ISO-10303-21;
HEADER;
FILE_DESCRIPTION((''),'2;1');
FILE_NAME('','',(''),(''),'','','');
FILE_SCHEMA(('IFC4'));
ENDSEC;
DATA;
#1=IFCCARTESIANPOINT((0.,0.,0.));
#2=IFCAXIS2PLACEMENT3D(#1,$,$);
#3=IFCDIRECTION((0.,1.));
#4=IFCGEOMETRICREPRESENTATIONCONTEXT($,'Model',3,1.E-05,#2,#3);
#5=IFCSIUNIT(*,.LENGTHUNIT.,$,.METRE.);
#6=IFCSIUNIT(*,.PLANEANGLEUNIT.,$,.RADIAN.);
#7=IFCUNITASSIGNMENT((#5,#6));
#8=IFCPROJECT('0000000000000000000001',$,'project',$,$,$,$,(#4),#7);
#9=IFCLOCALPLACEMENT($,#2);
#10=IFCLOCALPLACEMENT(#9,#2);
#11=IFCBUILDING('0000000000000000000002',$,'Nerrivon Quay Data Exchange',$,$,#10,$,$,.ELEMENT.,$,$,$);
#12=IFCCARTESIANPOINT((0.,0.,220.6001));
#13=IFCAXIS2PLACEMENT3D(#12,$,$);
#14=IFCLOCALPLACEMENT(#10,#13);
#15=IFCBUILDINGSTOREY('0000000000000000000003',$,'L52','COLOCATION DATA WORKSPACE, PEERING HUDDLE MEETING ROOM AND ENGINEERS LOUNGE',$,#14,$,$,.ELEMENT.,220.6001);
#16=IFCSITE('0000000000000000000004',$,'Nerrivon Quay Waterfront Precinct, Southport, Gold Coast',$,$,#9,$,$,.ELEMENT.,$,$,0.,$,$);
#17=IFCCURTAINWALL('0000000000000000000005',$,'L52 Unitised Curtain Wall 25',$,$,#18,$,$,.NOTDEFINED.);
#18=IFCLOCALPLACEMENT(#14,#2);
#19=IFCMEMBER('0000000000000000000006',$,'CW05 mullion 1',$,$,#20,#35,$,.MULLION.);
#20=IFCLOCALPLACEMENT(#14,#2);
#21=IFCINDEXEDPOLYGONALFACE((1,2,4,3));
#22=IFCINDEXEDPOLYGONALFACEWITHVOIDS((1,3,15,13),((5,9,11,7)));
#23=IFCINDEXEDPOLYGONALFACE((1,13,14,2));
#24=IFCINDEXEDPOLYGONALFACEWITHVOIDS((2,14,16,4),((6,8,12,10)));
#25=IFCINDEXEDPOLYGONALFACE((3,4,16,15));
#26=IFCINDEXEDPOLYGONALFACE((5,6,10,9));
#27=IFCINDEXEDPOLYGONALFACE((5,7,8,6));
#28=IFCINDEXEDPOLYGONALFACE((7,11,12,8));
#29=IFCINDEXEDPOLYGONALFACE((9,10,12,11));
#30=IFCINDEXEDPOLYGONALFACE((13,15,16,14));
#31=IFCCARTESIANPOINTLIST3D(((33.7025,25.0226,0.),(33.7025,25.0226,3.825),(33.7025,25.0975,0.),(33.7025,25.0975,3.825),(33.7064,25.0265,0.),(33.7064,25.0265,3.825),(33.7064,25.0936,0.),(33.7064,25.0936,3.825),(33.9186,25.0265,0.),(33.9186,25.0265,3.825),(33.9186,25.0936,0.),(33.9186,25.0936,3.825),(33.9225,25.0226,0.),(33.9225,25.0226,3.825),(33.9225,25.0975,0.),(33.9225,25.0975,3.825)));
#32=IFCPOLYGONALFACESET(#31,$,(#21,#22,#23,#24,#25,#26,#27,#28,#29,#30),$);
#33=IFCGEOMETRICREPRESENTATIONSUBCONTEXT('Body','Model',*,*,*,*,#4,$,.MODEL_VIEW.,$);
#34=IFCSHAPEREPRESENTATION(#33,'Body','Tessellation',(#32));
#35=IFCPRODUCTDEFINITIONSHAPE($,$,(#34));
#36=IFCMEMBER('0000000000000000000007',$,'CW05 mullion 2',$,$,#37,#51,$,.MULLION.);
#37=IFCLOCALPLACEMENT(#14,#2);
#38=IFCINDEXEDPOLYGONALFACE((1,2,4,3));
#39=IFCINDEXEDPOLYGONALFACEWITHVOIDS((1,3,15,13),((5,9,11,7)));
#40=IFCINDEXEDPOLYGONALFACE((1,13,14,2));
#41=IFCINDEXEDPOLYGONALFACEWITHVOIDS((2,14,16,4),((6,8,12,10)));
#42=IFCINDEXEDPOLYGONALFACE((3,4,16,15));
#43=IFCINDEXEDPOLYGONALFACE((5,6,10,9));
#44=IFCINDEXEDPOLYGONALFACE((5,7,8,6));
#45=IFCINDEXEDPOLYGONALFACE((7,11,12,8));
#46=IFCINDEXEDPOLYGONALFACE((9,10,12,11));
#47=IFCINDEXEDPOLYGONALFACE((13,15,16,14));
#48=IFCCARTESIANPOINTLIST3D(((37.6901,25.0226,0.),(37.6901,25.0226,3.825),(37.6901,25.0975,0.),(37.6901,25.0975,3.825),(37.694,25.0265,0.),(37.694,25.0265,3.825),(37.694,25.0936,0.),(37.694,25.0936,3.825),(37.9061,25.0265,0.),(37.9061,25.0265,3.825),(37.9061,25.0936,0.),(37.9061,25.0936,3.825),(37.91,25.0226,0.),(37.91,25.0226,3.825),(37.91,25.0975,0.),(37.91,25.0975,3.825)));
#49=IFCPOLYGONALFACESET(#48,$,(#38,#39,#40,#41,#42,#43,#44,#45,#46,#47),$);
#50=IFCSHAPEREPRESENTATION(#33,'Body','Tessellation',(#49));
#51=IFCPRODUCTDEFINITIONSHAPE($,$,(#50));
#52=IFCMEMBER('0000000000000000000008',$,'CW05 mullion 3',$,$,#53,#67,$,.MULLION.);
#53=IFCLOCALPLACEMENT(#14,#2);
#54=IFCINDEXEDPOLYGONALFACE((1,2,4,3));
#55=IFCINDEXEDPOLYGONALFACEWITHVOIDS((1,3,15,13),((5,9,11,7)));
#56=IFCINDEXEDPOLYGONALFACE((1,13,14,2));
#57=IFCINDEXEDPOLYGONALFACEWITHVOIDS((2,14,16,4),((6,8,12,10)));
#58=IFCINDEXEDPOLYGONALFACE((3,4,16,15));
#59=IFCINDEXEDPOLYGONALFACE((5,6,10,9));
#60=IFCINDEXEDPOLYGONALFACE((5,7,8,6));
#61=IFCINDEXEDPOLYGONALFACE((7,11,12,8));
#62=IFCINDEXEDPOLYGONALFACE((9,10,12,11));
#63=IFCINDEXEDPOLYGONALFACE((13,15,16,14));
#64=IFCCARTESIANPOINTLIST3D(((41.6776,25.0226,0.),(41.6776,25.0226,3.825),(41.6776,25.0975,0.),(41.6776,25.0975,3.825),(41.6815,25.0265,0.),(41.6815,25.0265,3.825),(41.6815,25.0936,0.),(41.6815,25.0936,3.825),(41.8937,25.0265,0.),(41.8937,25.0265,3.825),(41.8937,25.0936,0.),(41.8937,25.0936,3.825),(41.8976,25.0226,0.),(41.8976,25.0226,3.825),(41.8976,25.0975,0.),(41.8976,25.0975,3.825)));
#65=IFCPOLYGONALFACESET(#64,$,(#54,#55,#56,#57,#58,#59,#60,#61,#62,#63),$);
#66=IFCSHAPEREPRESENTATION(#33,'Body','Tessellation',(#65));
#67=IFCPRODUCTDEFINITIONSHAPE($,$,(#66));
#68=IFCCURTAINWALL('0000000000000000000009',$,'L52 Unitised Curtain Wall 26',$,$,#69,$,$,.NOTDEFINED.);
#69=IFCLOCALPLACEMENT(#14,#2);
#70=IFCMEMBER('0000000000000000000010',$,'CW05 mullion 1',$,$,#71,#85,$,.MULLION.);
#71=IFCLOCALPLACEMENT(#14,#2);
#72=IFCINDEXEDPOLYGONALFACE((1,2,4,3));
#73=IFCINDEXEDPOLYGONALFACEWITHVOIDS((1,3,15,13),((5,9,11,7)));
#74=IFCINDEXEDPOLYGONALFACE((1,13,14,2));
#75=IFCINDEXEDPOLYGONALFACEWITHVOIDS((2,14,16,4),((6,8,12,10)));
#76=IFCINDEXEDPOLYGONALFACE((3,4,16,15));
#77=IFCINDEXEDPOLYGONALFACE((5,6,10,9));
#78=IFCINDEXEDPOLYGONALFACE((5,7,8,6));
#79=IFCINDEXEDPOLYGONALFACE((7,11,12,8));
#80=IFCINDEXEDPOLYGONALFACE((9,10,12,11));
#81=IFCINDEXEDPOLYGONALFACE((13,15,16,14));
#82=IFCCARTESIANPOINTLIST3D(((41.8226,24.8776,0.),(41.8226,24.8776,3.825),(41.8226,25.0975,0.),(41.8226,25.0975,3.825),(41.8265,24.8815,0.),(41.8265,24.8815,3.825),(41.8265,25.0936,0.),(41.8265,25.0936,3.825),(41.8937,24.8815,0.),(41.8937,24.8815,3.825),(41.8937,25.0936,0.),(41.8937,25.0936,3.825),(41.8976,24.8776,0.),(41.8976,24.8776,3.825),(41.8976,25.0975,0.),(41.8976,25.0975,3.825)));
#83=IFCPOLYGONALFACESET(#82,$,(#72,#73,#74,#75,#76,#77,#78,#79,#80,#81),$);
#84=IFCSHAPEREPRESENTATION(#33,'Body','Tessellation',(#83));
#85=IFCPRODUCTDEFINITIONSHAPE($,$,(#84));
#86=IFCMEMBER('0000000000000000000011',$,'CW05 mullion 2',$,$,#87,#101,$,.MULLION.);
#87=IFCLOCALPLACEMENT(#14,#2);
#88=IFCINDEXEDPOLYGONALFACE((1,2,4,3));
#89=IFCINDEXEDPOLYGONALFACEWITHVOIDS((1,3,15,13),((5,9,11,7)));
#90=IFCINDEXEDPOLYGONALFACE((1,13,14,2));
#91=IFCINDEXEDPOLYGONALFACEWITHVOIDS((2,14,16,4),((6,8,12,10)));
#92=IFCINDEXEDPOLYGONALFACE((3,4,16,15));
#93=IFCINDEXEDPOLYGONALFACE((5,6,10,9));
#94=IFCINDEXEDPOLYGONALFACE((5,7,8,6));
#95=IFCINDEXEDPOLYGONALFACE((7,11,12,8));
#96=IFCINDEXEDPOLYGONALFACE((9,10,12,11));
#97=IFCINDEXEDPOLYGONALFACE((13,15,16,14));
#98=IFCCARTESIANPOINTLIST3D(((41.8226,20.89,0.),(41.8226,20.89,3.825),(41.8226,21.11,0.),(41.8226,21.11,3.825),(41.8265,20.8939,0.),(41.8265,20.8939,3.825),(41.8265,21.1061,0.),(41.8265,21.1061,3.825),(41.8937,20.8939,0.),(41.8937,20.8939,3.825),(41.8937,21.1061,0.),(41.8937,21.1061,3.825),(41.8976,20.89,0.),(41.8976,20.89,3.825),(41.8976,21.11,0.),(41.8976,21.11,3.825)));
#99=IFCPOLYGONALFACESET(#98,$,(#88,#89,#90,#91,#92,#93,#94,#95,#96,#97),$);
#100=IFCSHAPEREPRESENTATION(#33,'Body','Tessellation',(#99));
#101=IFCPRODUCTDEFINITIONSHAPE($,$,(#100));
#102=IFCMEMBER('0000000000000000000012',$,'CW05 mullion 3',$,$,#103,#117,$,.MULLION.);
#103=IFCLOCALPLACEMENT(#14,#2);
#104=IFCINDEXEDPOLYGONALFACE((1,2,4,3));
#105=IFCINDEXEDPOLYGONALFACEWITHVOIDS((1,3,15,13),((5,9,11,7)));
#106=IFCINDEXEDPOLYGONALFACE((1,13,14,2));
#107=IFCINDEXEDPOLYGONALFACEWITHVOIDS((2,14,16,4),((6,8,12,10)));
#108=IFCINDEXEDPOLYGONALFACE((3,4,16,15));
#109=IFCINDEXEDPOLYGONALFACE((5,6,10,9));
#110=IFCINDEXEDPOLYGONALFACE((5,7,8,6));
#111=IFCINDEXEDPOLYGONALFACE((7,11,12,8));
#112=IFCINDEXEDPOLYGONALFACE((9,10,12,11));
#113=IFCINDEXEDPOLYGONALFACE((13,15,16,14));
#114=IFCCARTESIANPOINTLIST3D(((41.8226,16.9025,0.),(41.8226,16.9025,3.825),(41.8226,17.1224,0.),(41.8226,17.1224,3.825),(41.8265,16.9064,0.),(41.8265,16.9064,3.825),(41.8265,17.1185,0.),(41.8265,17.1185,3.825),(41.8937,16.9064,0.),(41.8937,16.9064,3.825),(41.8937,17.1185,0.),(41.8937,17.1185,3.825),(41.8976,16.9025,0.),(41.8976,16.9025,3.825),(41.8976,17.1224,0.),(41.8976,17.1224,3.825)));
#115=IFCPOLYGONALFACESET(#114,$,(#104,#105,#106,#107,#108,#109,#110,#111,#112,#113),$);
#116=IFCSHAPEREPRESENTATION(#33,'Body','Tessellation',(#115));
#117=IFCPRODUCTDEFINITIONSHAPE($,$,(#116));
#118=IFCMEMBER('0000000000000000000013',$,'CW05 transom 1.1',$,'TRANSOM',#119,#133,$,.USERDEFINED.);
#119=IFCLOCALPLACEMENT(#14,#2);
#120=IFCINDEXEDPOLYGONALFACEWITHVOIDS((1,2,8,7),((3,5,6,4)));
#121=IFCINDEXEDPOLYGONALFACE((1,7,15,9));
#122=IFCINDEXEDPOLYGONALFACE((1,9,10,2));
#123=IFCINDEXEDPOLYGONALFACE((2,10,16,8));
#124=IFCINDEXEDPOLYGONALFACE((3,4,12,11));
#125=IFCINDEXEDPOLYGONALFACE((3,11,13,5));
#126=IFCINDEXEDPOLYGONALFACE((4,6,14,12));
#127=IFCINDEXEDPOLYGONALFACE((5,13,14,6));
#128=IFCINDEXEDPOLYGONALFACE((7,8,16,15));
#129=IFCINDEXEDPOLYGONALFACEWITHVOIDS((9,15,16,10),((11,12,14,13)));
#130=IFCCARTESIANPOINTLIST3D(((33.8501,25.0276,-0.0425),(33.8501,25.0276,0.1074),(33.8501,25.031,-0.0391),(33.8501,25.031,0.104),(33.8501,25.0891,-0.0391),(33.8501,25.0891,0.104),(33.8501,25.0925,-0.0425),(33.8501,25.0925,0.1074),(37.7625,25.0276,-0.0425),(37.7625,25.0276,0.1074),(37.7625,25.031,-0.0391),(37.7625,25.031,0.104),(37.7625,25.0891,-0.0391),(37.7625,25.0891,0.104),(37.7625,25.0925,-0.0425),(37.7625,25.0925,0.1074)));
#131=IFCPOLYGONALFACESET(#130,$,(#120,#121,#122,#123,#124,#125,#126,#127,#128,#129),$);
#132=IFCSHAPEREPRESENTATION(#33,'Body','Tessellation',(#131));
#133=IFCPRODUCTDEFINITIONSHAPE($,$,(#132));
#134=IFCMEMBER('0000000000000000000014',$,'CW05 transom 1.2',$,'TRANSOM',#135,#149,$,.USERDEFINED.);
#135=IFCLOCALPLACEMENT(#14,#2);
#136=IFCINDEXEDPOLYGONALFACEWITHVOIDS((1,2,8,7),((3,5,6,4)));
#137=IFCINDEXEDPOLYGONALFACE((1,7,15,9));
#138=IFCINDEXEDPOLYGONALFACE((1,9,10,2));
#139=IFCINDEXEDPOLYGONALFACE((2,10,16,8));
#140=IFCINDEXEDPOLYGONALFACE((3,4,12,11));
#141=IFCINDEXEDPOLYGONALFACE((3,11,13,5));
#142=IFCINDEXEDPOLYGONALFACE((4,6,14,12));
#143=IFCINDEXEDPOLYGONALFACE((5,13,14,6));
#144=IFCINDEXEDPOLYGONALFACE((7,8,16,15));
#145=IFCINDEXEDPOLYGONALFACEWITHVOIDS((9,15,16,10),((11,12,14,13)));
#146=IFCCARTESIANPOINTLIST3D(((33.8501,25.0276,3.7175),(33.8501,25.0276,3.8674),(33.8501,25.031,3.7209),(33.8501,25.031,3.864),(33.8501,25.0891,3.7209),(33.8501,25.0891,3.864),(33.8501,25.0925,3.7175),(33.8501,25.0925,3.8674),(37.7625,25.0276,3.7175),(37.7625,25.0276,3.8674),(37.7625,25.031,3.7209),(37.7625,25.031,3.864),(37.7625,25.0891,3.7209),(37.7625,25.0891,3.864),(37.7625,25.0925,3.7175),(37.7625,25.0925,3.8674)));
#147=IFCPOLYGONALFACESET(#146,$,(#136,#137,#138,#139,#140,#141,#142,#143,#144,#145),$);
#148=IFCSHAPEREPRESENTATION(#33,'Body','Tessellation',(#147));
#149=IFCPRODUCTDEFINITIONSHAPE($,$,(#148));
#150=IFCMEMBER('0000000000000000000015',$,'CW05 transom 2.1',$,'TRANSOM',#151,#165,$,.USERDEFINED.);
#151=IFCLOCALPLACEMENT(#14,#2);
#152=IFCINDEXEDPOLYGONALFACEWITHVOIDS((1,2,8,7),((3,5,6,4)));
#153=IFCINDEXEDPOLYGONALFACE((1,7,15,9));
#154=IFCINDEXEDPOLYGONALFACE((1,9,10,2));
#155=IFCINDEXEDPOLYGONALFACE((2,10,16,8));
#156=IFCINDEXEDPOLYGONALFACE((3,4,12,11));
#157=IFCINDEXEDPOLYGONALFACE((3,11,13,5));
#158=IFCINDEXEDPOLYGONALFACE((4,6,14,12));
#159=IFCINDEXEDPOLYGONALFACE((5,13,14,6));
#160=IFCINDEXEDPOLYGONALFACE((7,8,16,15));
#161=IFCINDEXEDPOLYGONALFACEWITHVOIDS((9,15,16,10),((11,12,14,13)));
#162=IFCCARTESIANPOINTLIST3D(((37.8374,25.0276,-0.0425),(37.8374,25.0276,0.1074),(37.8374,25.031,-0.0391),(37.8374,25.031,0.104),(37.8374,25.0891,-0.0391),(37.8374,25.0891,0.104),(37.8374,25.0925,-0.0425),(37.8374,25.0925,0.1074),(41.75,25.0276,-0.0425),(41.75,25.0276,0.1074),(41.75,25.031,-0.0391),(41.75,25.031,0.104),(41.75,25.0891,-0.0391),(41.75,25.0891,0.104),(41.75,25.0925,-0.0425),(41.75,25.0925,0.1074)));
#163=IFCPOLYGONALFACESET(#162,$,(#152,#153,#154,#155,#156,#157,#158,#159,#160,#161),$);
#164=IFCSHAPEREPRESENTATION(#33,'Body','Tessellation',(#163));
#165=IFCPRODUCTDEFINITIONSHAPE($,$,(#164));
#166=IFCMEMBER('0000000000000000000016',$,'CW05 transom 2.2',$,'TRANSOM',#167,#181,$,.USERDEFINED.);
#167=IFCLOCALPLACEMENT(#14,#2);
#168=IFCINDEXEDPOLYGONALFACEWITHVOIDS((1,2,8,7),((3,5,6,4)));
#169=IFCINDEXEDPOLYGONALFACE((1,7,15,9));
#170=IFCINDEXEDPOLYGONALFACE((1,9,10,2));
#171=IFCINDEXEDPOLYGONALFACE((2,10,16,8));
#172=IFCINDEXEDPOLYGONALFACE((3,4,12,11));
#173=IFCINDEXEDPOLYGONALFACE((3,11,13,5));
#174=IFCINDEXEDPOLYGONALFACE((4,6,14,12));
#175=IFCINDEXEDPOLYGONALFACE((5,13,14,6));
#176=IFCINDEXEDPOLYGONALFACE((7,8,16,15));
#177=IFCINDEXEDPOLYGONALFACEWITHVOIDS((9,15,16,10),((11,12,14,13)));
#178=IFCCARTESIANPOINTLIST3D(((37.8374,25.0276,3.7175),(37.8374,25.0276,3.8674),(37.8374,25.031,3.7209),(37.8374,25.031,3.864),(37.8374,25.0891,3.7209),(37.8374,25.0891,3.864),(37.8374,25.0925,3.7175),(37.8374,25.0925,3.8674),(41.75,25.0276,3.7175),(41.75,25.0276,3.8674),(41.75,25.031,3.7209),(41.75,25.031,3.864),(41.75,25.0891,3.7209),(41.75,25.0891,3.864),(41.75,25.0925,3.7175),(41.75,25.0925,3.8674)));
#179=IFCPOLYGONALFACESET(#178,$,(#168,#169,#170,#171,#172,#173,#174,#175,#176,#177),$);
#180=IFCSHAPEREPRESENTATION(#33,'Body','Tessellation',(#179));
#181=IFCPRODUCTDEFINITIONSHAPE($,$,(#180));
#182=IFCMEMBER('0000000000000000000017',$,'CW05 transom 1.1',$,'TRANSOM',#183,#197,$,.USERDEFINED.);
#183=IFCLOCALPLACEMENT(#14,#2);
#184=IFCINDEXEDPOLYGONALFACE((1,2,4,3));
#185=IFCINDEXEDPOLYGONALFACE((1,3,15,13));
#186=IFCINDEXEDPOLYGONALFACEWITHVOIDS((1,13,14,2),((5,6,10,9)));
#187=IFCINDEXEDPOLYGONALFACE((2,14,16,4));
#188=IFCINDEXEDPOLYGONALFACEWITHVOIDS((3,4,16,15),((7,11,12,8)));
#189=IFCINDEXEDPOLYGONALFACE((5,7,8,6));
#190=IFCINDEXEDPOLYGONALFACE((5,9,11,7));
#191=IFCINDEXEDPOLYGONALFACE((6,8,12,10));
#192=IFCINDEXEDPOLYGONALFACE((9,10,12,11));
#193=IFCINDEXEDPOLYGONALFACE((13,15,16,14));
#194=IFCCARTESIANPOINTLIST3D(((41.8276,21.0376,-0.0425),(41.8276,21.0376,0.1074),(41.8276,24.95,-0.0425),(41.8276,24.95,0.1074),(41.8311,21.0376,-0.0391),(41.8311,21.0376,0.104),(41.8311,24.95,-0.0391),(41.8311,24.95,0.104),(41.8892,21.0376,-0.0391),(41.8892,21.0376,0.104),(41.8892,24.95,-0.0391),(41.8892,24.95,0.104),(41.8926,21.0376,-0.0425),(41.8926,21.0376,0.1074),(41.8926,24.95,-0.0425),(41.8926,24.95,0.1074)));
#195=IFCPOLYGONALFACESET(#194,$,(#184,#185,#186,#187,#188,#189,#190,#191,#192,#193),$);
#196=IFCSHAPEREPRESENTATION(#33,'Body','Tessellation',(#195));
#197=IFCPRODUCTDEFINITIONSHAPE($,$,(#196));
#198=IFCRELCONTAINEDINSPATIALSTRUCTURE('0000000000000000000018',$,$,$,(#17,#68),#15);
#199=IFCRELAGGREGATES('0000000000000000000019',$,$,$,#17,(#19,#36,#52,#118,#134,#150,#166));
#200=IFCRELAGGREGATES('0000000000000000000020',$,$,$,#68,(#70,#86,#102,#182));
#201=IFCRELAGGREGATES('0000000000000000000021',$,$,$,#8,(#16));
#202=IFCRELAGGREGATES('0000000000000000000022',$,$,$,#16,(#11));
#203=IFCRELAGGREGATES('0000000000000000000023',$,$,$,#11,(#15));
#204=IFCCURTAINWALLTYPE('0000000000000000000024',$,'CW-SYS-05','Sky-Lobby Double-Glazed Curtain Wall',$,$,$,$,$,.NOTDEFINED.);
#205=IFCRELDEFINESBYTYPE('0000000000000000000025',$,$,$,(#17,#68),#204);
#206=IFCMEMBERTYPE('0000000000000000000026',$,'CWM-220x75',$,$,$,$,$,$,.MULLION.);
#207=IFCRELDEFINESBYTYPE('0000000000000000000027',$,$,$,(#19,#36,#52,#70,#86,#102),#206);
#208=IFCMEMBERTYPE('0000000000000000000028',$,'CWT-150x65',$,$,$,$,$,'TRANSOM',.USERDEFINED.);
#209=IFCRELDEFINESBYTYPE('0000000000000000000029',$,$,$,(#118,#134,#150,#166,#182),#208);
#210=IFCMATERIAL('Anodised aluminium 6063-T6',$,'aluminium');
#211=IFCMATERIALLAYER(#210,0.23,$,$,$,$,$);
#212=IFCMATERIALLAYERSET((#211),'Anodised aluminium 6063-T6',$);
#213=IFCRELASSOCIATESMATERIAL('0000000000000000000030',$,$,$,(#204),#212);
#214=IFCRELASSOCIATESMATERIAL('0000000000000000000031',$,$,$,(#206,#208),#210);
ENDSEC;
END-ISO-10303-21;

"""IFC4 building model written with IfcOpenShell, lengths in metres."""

from ifc_helpers import new_model, si_unit, direction, frame, origin, origin_2d, place, context, subcontext, project, spatial, hollow_rectangle, extrude, material, layer, layer_set, material_profile, profile_set, type_object, element, aggregate, save


model = new_model("IFC4")

# Units and contexts
model_context = context("Model", 3, precision=1e-05, world=origin(), true_north=direction((0.0, 1.0)))
body_context = subcontext(model_context, "Body", "Model", "MODEL_VIEW")
ifc_project = project(units=[si_unit("LENGTHUNIT", "METRE"), si_unit("PLANEANGLEUNIT", "RADIAN")], contexts=[model_context])

# Site, building, storey
site_placement = place(None, origin())
site = spatial("IfcSite", under=ifc_project, at=site_placement, Name="Nerrivon Quay Waterfront Precinct, Southport, Gold Coast", CompositionType="ELEMENT", RefElevation=0.0)
building_placement = place(site_placement, origin())
building = spatial("IfcBuilding", under=site, at=building_placement, Name="Nerrivon Quay Data Exchange", CompositionType="ELEMENT")
storey_placement = place(building_placement, frame((0.0, 0.0, 220.6001)))
storey = spatial("IfcBuildingStorey", under=building, at=storey_placement, Name="L52", Description="COLOCATION DATA WORKSPACE, PEERING HUDDLE MEETING ROOM AND ENGINEERS LOUNGE", CompositionType="ELEMENT", Elevation=220.6001)

# Curtain walls, members
ifc_material_1 = material(Name="Anodised aluminium 6063-T6", Category="aluminium")
ifc_layer_1 = layer(ifc_material_1, 0.23)
ifc_layer_set_1 = layer_set([ifc_layer_1], Name="Anodised aluminium 6063-T6")
curtain_wall_type = type_object("IfcCurtainWallType", Name="CW-SYS-05", Description="Sky-Lobby Double-Glazed Curtain Wall", PredefinedType="NOTDEFINED", material=ifc_layer_set_1)
curtain_wall_1_placement = place(storey_placement, origin())
curtain_wall_1 = element("IfcCurtainWall", 1, at=curtain_wall_1_placement, inside=storey, type_object=curtain_wall_type, Name="L52 Unitised Curtain Wall 25", PredefinedType="NOTDEFINED")
ifc_material_profile_1 = material_profile(ifc_material_1, hollow_rectangle(XDim=0.075, YDim=0.22, WallThickness=0.0039, at=origin_2d()), Name="ALU-MULL-220x75")
ifc_profile_set_1 = profile_set([ifc_material_profile_1], Name="Anodised aluminium 6063-T6")
member_type_1 = type_object("IfcMemberType", Name="CWM-220x75", PredefinedType="MULLION", material=ifc_profile_set_1)
member_1_placement = place(storey_placement, frame((33.8125, 25.0601, 0.0), z_axis=(0.0, 0.0, 1.0), x_axis=(0.0, 1.0, 0.0)))
member_1 = element("IfcMember", 2, at=member_1_placement, type_object=member_type_1, Name="CW05 mullion 1", PredefinedType="MULLION", context=body_context, shape_type="SweptSolid", body=[
    extrude(hollow_rectangle(XDim=0.075, YDim=0.22, WallThickness=0.0039, at=origin_2d()), origin(), (0.0, 0.0, 1.0), 3.825),
])
member_2_placement = place(storey_placement, frame((37.8, 25.0601, 0.0), z_axis=(0.0, 0.0, 1.0), x_axis=(0.0, 1.0, 0.0)))
member_2 = element("IfcMember", 3, at=member_2_placement, type_object=member_type_1, Name="CW05 mullion 2", PredefinedType="MULLION", context=body_context, shape_type="SweptSolid", body=[
    extrude(hollow_rectangle(XDim=0.075, YDim=0.22, WallThickness=0.0039, at=origin_2d()), origin(), (0.0, 0.0, 1.0), 3.825),
])
member_3_placement = place(storey_placement, frame((41.7876, 25.0601, 0.0), z_axis=(0.0, 0.0, 1.0), x_axis=(0.0, 1.0, 0.0)))
member_3 = element("IfcMember", 4, at=member_3_placement, type_object=member_type_1, Name="CW05 mullion 3", PredefinedType="MULLION", context=body_context, shape_type="SweptSolid", body=[
    extrude(hollow_rectangle(XDim=0.075, YDim=0.22, WallThickness=0.0039, at=origin_2d()), origin(), (0.0, 0.0, 1.0), 3.825),
])
curtain_wall_2_placement = place(storey_placement, origin())
curtain_wall_2 = element("IfcCurtainWall", 5, at=curtain_wall_2_placement, inside=storey, type_object=curtain_wall_type, Name="L52 Unitised Curtain Wall 26", PredefinedType="NOTDEFINED")
member_4_placement = place(storey_placement, frame((41.8601, 24.9875, 0.0), z_axis=(0.0, 0.0, 1.0), x_axis=(1.0, 0.0, 0.0)))
member_4 = element("IfcMember", 6, at=member_4_placement, type_object=member_type_1, Name="CW05 mullion 1", PredefinedType="MULLION", context=body_context, shape_type="SweptSolid", body=[
    extrude(hollow_rectangle(XDim=0.075, YDim=0.22, WallThickness=0.0039, at=origin_2d()), origin(), (0.0, 0.0, 1.0), 3.825),
])
member_5_placement = place(storey_placement, frame((41.8601, 21.0, 0.0), z_axis=(0.0, 0.0, 1.0), x_axis=(1.0, 0.0, 0.0)))
member_5 = element("IfcMember", 7, at=member_5_placement, type_object=member_type_1, Name="CW05 mullion 2", PredefinedType="MULLION", context=body_context, shape_type="SweptSolid", body=[
    extrude(hollow_rectangle(XDim=0.075, YDim=0.22, WallThickness=0.0039, at=origin_2d()), origin(), (0.0, 0.0, 1.0), 3.825),
])
member_6_placement = place(storey_placement, frame((41.8601, 17.0125, 0.0), z_axis=(0.0, 0.0, 1.0), x_axis=(1.0, 0.0, 0.0)))
member_6 = element("IfcMember", 8, at=member_6_placement, type_object=member_type_1, Name="CW05 mullion 3", PredefinedType="MULLION", context=body_context, shape_type="SweptSolid", body=[
    extrude(hollow_rectangle(XDim=0.075, YDim=0.22, WallThickness=0.0039, at=origin_2d()), origin(), (0.0, 0.0, 1.0), 3.825),
])

# Members
ifc_material_profile_2 = material_profile(ifc_material_1, hollow_rectangle(XDim=0.0649, YDim=0.1499, WallThickness=0.0034, at=origin_2d()), Name="ALU-TRAN-150x65")
ifc_profile_set_2 = profile_set([ifc_material_profile_2], Name="Anodised aluminium 6063-T6")
member_type_2 = type_object("IfcMemberType", Name="CWT-150x65", ElementType="TRANSOM", PredefinedType="USERDEFINED", material=ifc_profile_set_2)
member_7_placement = place(storey_placement, frame((33.8501, 25.0601, 0.0325), z_axis=(1.0, 0.0, 0.0), x_axis=(0.0, 1.0, 0.0)))
member_7 = element("IfcMember", 9, at=member_7_placement, type_object=member_type_2, Name="CW05 transom 1.1", ObjectType="TRANSOM", PredefinedType="USERDEFINED", context=body_context, shape_type="SweptSolid", body=[
    extrude(hollow_rectangle(XDim=0.0649, YDim=0.1499, WallThickness=0.0034, at=origin_2d()), origin(), (0.0, 0.0, 1.0), 3.9124),
])
member_8_placement = place(storey_placement, frame((33.8501, 25.0601, 3.7925), z_axis=(1.0, 0.0, 0.0), x_axis=(0.0, 1.0, 0.0)))
member_8 = element("IfcMember", 10, at=member_8_placement, type_object=member_type_2, Name="CW05 transom 1.2", ObjectType="TRANSOM", PredefinedType="USERDEFINED", context=body_context, shape_type="SweptSolid", body=[
    extrude(hollow_rectangle(XDim=0.0649, YDim=0.1499, WallThickness=0.0034, at=origin_2d()), origin(), (0.0, 0.0, 1.0), 3.9124),
])
member_9_placement = place(storey_placement, frame((37.8374, 25.0601, 0.0325), z_axis=(1.0, 0.0, 0.0), x_axis=(0.0, 1.0, 0.0)))
member_9 = element("IfcMember", 11, at=member_9_placement, type_object=member_type_2, Name="CW05 transom 2.1", ObjectType="TRANSOM", PredefinedType="USERDEFINED", context=body_context, shape_type="SweptSolid", body=[
    extrude(hollow_rectangle(XDim=0.0649, YDim=0.1499, WallThickness=0.0034, at=origin_2d()), origin(), (0.0, 0.0, 1.0), 3.9126),
])
member_10_placement = place(storey_placement, frame((37.8374, 25.0601, 3.7925), z_axis=(1.0, 0.0, 0.0), x_axis=(0.0, 1.0, 0.0)))
member_10 = element("IfcMember", 12, at=member_10_placement, type_object=member_type_2, Name="CW05 transom 2.2", ObjectType="TRANSOM", PredefinedType="USERDEFINED", context=body_context, shape_type="SweptSolid", body=[
    extrude(hollow_rectangle(XDim=0.0649, YDim=0.1499, WallThickness=0.0034, at=origin_2d()), origin(), (0.0, 0.0, 1.0), 3.9126),
])
member_11_placement = place(storey_placement, frame((41.8601, 24.95, 0.0325), z_axis=(0.0, -1.0, 0.0), x_axis=(1.0, 0.0, 0.0)))
member_11 = element("IfcMember", 13, at=member_11_placement, type_object=member_type_2, Name="CW05 transom 1.1", ObjectType="TRANSOM", PredefinedType="USERDEFINED", context=body_context, shape_type="SweptSolid", body=[
    extrude(hollow_rectangle(XDim=0.0649, YDim=0.1499, WallThickness=0.0034, at=origin_2d()), origin(), (0.0, 0.0, 1.0), 3.9124),
])

aggregate(curtain_wall_1, [member_1, member_2, member_3, member_7, member_8, member_9, member_10])
aggregate(curtain_wall_2, [member_4, member_5, member_6, member_11])

save(model, "model.ifc")
